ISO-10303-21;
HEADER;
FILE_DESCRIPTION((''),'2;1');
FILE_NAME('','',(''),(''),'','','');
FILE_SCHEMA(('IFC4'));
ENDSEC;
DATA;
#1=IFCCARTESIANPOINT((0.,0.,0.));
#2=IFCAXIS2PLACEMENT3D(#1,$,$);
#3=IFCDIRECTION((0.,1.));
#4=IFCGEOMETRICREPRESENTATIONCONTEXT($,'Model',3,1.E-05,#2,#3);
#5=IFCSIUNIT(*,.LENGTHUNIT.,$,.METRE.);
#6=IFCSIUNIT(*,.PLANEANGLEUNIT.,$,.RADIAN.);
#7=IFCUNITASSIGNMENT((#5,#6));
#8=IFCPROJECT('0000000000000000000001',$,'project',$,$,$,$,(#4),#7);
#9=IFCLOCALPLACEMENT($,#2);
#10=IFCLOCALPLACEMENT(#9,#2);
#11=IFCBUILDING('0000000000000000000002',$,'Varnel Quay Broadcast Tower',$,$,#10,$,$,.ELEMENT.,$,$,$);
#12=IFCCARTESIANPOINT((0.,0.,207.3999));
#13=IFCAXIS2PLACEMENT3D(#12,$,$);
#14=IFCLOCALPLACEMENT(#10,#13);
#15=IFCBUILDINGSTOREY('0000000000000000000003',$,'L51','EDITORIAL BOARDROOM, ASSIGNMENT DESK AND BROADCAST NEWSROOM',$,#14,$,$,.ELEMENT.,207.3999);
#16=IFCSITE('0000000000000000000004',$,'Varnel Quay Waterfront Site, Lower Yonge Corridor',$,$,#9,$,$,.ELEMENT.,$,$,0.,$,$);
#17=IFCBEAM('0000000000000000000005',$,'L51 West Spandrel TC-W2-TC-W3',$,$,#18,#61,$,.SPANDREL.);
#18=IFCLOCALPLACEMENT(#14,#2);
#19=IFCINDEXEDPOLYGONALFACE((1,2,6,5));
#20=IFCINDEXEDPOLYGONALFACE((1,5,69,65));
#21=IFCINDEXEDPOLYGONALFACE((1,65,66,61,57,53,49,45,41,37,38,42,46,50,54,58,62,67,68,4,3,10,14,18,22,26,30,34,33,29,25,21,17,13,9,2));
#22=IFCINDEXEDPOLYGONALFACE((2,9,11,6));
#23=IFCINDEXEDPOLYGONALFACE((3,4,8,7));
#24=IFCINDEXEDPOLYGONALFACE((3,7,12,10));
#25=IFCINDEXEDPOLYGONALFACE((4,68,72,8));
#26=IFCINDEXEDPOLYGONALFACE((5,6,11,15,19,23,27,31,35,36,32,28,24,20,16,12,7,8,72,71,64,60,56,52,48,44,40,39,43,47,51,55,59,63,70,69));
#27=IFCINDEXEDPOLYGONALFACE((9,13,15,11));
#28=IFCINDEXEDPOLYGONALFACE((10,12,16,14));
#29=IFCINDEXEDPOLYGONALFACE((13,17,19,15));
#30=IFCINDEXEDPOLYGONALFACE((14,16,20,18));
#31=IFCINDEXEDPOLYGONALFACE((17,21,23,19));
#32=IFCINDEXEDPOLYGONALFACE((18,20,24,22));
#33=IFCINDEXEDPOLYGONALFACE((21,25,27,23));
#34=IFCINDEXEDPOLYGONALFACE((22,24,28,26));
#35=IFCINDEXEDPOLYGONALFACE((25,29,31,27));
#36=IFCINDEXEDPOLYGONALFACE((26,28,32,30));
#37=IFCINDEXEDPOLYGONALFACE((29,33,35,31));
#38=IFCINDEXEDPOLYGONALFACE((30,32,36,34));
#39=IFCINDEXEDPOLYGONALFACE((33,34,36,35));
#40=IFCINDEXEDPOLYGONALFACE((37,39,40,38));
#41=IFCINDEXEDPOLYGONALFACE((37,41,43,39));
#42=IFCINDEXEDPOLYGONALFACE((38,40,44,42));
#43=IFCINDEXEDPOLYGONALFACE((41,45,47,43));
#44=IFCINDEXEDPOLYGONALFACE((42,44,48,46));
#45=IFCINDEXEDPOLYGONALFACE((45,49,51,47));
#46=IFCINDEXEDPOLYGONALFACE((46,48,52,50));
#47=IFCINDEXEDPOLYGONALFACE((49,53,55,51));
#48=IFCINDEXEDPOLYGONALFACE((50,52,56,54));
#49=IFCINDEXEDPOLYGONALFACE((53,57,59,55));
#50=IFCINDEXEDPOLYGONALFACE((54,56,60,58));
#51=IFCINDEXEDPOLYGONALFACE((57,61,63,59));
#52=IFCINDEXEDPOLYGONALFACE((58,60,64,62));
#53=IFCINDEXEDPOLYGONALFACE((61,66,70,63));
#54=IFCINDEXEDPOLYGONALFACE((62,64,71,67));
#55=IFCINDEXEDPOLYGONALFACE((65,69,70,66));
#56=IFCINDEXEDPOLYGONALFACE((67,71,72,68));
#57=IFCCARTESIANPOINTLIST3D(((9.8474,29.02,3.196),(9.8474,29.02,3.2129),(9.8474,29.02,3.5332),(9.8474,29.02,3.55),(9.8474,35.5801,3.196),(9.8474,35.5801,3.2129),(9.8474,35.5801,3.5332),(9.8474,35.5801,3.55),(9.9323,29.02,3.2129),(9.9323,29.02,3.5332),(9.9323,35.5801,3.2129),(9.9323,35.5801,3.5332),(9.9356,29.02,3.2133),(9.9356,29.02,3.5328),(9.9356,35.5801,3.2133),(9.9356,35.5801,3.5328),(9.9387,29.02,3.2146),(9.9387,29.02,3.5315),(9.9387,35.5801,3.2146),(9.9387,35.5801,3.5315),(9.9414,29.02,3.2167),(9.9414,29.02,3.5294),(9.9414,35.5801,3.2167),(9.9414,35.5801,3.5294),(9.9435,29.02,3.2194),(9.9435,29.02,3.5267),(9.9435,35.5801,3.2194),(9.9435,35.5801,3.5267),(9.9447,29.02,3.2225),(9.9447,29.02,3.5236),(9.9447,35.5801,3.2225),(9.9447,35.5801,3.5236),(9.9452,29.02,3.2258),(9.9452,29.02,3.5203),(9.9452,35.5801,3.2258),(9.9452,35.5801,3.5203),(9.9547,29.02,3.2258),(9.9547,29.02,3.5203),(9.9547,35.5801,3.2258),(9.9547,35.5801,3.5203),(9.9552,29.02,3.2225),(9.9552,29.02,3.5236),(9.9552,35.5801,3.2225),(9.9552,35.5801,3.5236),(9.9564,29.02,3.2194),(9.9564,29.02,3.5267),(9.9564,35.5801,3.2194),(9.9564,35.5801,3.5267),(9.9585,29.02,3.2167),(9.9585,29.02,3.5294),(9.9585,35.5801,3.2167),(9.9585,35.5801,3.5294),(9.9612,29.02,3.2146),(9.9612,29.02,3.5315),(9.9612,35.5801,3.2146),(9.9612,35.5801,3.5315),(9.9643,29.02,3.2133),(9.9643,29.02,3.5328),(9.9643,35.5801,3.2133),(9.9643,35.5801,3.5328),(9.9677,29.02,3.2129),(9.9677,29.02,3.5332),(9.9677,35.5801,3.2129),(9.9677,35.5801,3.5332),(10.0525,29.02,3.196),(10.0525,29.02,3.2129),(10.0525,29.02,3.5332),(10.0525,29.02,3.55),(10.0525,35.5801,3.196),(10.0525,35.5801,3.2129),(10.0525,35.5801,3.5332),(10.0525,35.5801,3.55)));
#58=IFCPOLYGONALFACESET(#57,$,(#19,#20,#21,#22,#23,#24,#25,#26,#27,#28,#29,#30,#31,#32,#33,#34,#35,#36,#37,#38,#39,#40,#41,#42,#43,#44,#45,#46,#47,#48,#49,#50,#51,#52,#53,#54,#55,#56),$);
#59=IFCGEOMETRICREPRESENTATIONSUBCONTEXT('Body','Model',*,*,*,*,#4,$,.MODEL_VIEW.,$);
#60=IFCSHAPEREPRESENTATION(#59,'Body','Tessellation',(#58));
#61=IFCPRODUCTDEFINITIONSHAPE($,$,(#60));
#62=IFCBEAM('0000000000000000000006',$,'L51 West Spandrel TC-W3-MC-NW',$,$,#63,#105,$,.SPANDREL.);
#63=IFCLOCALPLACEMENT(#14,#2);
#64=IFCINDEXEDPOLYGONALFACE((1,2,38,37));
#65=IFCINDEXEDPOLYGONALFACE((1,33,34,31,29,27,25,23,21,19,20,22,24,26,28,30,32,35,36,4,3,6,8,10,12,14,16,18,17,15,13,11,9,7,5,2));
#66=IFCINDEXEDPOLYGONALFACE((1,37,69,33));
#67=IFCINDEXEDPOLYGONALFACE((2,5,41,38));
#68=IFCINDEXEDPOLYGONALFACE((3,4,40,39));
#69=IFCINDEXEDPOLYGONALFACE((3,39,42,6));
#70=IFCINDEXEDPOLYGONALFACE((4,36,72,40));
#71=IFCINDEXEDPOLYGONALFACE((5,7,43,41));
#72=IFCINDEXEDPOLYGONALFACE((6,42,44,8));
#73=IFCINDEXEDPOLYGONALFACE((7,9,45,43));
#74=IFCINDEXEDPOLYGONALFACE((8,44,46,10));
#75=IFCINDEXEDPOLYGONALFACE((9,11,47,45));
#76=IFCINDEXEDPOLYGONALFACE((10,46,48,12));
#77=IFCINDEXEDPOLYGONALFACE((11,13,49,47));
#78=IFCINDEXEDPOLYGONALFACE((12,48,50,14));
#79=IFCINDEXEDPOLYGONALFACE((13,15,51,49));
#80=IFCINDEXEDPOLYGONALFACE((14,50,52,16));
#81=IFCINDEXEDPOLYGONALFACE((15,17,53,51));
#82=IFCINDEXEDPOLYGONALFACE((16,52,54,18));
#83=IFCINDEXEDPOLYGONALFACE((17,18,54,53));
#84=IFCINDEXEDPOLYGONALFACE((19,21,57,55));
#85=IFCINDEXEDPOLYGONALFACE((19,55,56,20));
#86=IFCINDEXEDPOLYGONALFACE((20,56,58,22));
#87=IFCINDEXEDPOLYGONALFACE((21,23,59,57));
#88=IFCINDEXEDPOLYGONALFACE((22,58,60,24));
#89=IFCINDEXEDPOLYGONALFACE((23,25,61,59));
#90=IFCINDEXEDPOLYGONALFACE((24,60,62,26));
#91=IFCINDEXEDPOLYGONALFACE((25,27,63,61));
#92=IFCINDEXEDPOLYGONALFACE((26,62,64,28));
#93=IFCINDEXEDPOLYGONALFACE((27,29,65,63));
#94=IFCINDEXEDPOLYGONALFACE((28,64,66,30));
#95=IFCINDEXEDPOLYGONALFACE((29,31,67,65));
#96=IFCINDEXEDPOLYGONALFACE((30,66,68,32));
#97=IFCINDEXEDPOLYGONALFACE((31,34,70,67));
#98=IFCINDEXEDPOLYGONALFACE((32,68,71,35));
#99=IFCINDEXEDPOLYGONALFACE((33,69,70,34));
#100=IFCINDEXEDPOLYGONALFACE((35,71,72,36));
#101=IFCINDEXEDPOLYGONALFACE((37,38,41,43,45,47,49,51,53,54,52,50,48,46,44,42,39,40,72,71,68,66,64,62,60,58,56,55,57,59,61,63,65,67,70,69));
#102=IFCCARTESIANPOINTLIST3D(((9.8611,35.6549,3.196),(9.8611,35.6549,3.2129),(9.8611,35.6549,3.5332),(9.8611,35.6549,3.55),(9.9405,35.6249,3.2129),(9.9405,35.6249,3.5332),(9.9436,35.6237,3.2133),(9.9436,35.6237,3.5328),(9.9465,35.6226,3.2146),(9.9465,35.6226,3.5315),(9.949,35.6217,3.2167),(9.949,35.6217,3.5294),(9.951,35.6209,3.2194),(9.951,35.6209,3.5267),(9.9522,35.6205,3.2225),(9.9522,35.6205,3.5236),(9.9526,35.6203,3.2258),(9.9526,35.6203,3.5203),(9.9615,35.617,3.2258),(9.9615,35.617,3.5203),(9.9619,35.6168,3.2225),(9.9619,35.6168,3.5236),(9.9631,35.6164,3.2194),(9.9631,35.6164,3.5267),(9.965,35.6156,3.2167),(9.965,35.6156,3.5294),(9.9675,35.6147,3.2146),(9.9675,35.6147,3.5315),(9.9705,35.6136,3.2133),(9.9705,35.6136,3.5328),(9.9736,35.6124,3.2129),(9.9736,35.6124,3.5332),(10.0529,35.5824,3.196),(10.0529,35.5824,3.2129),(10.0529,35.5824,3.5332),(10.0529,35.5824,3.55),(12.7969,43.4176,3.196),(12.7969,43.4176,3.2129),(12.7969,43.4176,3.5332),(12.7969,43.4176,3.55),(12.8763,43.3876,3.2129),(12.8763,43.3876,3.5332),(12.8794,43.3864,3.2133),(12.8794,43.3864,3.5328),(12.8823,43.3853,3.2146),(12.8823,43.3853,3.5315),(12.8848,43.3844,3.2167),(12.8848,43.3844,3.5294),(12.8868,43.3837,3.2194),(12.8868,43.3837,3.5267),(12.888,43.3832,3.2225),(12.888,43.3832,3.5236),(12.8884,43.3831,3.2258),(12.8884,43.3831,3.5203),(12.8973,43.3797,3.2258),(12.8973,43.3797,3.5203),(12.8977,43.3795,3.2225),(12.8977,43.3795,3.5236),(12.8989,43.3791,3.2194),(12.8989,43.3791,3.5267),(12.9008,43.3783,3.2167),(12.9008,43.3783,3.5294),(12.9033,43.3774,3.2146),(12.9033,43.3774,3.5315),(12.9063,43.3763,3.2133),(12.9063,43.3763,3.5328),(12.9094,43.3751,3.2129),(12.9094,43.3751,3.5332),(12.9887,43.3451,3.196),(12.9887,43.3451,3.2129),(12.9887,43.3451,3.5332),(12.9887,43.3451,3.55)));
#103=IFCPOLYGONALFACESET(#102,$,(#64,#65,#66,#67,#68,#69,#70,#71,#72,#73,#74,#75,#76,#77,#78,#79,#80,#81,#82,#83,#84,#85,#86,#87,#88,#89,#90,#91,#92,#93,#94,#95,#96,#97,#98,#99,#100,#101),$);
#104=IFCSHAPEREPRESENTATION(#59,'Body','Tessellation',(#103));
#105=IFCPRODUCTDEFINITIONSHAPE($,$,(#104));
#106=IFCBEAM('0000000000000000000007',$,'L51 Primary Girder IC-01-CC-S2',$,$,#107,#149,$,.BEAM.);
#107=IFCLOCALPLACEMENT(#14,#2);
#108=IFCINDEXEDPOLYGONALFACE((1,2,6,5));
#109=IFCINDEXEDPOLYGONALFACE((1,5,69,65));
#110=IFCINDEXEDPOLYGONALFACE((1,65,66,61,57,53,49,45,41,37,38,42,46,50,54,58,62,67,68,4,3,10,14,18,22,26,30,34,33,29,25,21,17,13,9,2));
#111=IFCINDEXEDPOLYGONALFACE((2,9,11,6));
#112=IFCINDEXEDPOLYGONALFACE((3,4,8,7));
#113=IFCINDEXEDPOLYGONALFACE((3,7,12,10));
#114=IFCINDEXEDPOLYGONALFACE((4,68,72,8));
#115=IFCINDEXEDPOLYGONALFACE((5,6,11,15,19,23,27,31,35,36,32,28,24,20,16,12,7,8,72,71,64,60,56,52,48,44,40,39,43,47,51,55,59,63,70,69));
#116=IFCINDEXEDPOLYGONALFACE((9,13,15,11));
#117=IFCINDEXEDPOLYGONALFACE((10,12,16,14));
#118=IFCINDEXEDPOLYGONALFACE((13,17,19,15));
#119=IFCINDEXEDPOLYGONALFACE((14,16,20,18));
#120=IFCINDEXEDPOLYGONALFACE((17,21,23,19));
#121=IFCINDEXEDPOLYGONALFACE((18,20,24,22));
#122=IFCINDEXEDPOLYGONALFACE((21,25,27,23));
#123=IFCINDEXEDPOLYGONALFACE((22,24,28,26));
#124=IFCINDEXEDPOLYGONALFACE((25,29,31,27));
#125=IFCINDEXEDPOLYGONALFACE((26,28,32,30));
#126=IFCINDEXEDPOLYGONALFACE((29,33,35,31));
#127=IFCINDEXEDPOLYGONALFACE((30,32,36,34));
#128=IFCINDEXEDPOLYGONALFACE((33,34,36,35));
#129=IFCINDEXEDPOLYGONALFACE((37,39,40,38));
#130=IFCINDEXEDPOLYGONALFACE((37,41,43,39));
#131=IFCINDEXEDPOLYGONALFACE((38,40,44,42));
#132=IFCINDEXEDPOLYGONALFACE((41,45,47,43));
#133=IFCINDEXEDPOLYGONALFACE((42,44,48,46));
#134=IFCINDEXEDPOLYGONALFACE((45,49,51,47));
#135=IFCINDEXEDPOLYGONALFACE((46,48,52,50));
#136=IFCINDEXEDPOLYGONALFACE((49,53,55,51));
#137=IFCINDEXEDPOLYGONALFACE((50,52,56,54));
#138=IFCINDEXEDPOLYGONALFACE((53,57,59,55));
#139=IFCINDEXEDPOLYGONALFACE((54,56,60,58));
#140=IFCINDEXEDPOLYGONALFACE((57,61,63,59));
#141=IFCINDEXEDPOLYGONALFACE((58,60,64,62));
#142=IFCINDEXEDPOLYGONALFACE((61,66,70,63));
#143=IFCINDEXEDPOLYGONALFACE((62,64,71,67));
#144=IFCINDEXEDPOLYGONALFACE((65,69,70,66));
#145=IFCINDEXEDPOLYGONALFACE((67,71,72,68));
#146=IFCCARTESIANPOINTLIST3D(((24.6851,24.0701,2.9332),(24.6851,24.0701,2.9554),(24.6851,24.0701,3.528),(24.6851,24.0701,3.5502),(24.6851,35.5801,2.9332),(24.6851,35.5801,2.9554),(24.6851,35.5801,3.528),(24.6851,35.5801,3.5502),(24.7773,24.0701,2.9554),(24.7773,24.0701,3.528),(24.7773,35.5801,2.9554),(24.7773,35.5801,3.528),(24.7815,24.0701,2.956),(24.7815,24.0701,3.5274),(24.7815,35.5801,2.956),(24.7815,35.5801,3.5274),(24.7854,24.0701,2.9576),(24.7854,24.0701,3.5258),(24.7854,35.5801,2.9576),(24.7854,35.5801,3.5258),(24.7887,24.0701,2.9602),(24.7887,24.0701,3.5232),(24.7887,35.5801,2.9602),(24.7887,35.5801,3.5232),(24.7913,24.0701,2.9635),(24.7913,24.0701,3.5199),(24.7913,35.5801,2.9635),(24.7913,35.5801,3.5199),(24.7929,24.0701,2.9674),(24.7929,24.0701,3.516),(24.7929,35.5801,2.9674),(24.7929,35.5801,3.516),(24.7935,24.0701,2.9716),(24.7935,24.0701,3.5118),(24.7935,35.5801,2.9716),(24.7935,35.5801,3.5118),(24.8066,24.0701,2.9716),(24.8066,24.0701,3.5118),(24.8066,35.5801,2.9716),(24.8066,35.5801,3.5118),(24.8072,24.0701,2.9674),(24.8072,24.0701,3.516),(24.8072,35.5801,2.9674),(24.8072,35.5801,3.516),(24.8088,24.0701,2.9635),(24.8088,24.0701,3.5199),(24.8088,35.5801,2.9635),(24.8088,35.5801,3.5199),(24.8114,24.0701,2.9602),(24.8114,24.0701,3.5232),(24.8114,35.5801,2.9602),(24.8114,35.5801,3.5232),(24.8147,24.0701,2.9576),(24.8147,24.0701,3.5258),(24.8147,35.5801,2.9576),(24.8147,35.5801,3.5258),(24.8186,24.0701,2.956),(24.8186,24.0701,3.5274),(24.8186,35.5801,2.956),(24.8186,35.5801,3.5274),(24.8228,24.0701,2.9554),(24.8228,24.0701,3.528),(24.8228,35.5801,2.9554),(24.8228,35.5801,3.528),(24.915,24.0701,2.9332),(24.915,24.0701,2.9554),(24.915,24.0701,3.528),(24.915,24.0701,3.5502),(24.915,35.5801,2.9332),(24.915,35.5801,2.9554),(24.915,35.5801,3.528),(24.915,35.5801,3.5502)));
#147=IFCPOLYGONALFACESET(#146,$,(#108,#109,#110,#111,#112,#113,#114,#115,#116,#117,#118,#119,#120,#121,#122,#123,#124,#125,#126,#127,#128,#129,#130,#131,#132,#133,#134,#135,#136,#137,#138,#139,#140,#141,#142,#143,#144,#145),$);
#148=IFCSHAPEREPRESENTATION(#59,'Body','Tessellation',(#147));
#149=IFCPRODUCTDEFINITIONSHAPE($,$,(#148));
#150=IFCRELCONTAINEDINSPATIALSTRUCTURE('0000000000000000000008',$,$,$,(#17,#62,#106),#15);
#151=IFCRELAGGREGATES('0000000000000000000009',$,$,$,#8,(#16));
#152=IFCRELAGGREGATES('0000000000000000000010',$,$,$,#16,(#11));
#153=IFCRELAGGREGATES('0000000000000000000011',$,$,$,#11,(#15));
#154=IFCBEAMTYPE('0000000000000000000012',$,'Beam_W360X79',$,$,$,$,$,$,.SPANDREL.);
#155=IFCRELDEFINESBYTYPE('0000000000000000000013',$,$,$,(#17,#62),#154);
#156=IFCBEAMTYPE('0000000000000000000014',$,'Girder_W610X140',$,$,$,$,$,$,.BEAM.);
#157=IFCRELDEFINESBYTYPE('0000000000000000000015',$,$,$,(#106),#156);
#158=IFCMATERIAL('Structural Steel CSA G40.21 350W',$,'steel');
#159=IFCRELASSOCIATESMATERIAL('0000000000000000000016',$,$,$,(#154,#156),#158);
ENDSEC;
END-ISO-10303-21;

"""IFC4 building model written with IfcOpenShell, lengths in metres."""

from ifc_helpers import new_model, si_unit, direction, frame, origin, origin_2d, place, context, subcontext, project, spatial, i_section, extrude, source, transform, mapped, material, material_profile, profile_set, type_object, element, save


model = new_model("IFC4")

# Units and contexts
model_context = context("Model", 3, precision=1e-05, world=origin(), true_north=direction((0.0, 1.0)))
body_context = subcontext(model_context, "Body", "Model", "MODEL_VIEW")
ifc_project = project(units=[si_unit("LENGTHUNIT", "METRE"), si_unit("PLANEANGLEUNIT", "RADIAN")], contexts=[model_context])

# Site, building, storey
site_placement = place(None, origin())
site = spatial("IfcSite", under=ifc_project, at=site_placement, Name="Varnel Quay Waterfront Site, Lower Yonge Corridor", CompositionType="ELEMENT", RefElevation=0.0)
building_placement = place(site_placement, origin())
building = spatial("IfcBuilding", under=site, at=building_placement, Name="Varnel Quay Broadcast Tower", CompositionType="ELEMENT")
storey_placement = place(building_placement, frame((0.0, 0.0, 207.3999)))
storey = spatial("IfcBuildingStorey", under=building, at=storey_placement, Name="L51", Description="EDITORIAL BOARDROOM, ASSIGNMENT DESK AND BROADCAST NEWSROOM", CompositionType="ELEMENT", Elevation=207.3999)

# Shared definitions
ifc_material_1 = material(Name="Structural Steel CSA G40.21 350W", Category="steel")

# Beams
ifc_material_profile_1 = material_profile(ifc_material_1, i_section(OverallWidth=0.2051, OverallDepth=0.354, WebThickness=0.0095, FlangeThickness=0.0168, FilletRadius=0.0129, at=origin_2d()), Name="W360X79")
ifc_profile_set_1 = profile_set([ifc_material_profile_1], Name="Structural Steel CSA G40.21 350W")
beam_type_1 = type_object("IfcBeamType", Name="Beam_W360X79", PredefinedType="SPANDREL", material=ifc_profile_set_1)
shared_shape_1 = source(origin(), body_context, "Body", "SweptSolid", [
    extrude(i_section(OverallWidth=0.2051, OverallDepth=0.354, WebThickness=0.0095, FlangeThickness=0.0168, FilletRadius=0.0129, at=origin_2d()), origin(), (0.0, 0.0, 1.0), 6.5601),
])
beam_1_placement = place(storey_placement, frame((9.95, 29.02, 3.373), z_axis=(0.0, 1.0, 0.0), x_axis=(-1.0, 0.0, 0.0)))
element("IfcBeam", 1, at=beam_1_placement, inside=storey, type_object=beam_type_1, Name="L51 West Spandrel TC-W2-TC-W3", PredefinedType="SPANDREL", context=body_context, shape_type="MappedRepresentation", body=[
    mapped(shared_shape_1, transform((0.0, 0.0, 0.0), x_axis=(1.0, 0.0, 0.0), y_axis=(0.0, 1.0, 0.0), z_axis=(0.0, 0.0, 1.0), scale=1.0)),
])
shared_shape_2 = source(origin(), body_context, "Body", "SweptSolid", [
    extrude(i_section(OverallWidth=0.2051, OverallDepth=0.354, WebThickness=0.0095, FlangeThickness=0.0168, FilletRadius=0.0129, at=origin_2d()), origin(), (0.0, 0.0, 1.0), 8.2993),
])
beam_2_placement = place(storey_placement, frame((9.957, 35.6187, 3.373), z_axis=(0.35374, 0.935344, 0.0), x_axis=(-0.935344, 0.35374, 0.0)))
element("IfcBeam", 2, at=beam_2_placement, inside=storey, type_object=beam_type_1, Name="L51 West Spandrel TC-W3-MC-NW", PredefinedType="SPANDREL", context=body_context, shape_type="MappedRepresentation", body=[
    mapped(shared_shape_2, transform((0.0, 0.0, 0.0), x_axis=(1.0, 0.0, 0.0), y_axis=(0.0, 1.0, 0.0), z_axis=(0.0, 0.0, 1.0), scale=1.0)),
])
ifc_material_profile_2 = material_profile(ifc_material_1, i_section(OverallWidth=0.23, OverallDepth=0.6169, WebThickness=0.0132, FlangeThickness=0.0222, FilletRadius=0.0161, at=origin_2d()), Name="W610X140")
ifc_profile_set_2 = profile_set([ifc_material_profile_2], Name="Structural Steel CSA G40.21 350W")
beam_type_2 = type_object("IfcBeamType", Name="Girder_W610X140", PredefinedType="BEAM", material=ifc_profile_set_2)
shared_shape_3 = source(origin(), body_context, "Body", "SweptSolid", [
    extrude(i_section(OverallWidth=0.23, OverallDepth=0.6169, WebThickness=0.0132, FlangeThickness=0.0222, FilletRadius=0.0161, at=origin_2d()), origin(), (0.0, 0.0, 1.0), 11.51),
])
beam_3_placement = place(storey_placement, frame((24.8, 24.0701, 3.2417), z_axis=(0.0, 1.0, 0.0), x_axis=(-1.0, 0.0, 0.0)))
element("IfcBeam", 3, at=beam_3_placement, inside=storey, type_object=beam_type_2, Name="L51 Primary Girder IC-01-CC-S2", PredefinedType="BEAM", context=body_context, shape_type="MappedRepresentation", body=[
    mapped(shared_shape_3, transform((0.0, 0.0, 0.0), x_axis=(1.0, 0.0, 0.0), y_axis=(0.0, 1.0, 0.0), z_axis=(0.0, 0.0, 1.0), scale=1.0)),
])

save(model, "model.ifc")
